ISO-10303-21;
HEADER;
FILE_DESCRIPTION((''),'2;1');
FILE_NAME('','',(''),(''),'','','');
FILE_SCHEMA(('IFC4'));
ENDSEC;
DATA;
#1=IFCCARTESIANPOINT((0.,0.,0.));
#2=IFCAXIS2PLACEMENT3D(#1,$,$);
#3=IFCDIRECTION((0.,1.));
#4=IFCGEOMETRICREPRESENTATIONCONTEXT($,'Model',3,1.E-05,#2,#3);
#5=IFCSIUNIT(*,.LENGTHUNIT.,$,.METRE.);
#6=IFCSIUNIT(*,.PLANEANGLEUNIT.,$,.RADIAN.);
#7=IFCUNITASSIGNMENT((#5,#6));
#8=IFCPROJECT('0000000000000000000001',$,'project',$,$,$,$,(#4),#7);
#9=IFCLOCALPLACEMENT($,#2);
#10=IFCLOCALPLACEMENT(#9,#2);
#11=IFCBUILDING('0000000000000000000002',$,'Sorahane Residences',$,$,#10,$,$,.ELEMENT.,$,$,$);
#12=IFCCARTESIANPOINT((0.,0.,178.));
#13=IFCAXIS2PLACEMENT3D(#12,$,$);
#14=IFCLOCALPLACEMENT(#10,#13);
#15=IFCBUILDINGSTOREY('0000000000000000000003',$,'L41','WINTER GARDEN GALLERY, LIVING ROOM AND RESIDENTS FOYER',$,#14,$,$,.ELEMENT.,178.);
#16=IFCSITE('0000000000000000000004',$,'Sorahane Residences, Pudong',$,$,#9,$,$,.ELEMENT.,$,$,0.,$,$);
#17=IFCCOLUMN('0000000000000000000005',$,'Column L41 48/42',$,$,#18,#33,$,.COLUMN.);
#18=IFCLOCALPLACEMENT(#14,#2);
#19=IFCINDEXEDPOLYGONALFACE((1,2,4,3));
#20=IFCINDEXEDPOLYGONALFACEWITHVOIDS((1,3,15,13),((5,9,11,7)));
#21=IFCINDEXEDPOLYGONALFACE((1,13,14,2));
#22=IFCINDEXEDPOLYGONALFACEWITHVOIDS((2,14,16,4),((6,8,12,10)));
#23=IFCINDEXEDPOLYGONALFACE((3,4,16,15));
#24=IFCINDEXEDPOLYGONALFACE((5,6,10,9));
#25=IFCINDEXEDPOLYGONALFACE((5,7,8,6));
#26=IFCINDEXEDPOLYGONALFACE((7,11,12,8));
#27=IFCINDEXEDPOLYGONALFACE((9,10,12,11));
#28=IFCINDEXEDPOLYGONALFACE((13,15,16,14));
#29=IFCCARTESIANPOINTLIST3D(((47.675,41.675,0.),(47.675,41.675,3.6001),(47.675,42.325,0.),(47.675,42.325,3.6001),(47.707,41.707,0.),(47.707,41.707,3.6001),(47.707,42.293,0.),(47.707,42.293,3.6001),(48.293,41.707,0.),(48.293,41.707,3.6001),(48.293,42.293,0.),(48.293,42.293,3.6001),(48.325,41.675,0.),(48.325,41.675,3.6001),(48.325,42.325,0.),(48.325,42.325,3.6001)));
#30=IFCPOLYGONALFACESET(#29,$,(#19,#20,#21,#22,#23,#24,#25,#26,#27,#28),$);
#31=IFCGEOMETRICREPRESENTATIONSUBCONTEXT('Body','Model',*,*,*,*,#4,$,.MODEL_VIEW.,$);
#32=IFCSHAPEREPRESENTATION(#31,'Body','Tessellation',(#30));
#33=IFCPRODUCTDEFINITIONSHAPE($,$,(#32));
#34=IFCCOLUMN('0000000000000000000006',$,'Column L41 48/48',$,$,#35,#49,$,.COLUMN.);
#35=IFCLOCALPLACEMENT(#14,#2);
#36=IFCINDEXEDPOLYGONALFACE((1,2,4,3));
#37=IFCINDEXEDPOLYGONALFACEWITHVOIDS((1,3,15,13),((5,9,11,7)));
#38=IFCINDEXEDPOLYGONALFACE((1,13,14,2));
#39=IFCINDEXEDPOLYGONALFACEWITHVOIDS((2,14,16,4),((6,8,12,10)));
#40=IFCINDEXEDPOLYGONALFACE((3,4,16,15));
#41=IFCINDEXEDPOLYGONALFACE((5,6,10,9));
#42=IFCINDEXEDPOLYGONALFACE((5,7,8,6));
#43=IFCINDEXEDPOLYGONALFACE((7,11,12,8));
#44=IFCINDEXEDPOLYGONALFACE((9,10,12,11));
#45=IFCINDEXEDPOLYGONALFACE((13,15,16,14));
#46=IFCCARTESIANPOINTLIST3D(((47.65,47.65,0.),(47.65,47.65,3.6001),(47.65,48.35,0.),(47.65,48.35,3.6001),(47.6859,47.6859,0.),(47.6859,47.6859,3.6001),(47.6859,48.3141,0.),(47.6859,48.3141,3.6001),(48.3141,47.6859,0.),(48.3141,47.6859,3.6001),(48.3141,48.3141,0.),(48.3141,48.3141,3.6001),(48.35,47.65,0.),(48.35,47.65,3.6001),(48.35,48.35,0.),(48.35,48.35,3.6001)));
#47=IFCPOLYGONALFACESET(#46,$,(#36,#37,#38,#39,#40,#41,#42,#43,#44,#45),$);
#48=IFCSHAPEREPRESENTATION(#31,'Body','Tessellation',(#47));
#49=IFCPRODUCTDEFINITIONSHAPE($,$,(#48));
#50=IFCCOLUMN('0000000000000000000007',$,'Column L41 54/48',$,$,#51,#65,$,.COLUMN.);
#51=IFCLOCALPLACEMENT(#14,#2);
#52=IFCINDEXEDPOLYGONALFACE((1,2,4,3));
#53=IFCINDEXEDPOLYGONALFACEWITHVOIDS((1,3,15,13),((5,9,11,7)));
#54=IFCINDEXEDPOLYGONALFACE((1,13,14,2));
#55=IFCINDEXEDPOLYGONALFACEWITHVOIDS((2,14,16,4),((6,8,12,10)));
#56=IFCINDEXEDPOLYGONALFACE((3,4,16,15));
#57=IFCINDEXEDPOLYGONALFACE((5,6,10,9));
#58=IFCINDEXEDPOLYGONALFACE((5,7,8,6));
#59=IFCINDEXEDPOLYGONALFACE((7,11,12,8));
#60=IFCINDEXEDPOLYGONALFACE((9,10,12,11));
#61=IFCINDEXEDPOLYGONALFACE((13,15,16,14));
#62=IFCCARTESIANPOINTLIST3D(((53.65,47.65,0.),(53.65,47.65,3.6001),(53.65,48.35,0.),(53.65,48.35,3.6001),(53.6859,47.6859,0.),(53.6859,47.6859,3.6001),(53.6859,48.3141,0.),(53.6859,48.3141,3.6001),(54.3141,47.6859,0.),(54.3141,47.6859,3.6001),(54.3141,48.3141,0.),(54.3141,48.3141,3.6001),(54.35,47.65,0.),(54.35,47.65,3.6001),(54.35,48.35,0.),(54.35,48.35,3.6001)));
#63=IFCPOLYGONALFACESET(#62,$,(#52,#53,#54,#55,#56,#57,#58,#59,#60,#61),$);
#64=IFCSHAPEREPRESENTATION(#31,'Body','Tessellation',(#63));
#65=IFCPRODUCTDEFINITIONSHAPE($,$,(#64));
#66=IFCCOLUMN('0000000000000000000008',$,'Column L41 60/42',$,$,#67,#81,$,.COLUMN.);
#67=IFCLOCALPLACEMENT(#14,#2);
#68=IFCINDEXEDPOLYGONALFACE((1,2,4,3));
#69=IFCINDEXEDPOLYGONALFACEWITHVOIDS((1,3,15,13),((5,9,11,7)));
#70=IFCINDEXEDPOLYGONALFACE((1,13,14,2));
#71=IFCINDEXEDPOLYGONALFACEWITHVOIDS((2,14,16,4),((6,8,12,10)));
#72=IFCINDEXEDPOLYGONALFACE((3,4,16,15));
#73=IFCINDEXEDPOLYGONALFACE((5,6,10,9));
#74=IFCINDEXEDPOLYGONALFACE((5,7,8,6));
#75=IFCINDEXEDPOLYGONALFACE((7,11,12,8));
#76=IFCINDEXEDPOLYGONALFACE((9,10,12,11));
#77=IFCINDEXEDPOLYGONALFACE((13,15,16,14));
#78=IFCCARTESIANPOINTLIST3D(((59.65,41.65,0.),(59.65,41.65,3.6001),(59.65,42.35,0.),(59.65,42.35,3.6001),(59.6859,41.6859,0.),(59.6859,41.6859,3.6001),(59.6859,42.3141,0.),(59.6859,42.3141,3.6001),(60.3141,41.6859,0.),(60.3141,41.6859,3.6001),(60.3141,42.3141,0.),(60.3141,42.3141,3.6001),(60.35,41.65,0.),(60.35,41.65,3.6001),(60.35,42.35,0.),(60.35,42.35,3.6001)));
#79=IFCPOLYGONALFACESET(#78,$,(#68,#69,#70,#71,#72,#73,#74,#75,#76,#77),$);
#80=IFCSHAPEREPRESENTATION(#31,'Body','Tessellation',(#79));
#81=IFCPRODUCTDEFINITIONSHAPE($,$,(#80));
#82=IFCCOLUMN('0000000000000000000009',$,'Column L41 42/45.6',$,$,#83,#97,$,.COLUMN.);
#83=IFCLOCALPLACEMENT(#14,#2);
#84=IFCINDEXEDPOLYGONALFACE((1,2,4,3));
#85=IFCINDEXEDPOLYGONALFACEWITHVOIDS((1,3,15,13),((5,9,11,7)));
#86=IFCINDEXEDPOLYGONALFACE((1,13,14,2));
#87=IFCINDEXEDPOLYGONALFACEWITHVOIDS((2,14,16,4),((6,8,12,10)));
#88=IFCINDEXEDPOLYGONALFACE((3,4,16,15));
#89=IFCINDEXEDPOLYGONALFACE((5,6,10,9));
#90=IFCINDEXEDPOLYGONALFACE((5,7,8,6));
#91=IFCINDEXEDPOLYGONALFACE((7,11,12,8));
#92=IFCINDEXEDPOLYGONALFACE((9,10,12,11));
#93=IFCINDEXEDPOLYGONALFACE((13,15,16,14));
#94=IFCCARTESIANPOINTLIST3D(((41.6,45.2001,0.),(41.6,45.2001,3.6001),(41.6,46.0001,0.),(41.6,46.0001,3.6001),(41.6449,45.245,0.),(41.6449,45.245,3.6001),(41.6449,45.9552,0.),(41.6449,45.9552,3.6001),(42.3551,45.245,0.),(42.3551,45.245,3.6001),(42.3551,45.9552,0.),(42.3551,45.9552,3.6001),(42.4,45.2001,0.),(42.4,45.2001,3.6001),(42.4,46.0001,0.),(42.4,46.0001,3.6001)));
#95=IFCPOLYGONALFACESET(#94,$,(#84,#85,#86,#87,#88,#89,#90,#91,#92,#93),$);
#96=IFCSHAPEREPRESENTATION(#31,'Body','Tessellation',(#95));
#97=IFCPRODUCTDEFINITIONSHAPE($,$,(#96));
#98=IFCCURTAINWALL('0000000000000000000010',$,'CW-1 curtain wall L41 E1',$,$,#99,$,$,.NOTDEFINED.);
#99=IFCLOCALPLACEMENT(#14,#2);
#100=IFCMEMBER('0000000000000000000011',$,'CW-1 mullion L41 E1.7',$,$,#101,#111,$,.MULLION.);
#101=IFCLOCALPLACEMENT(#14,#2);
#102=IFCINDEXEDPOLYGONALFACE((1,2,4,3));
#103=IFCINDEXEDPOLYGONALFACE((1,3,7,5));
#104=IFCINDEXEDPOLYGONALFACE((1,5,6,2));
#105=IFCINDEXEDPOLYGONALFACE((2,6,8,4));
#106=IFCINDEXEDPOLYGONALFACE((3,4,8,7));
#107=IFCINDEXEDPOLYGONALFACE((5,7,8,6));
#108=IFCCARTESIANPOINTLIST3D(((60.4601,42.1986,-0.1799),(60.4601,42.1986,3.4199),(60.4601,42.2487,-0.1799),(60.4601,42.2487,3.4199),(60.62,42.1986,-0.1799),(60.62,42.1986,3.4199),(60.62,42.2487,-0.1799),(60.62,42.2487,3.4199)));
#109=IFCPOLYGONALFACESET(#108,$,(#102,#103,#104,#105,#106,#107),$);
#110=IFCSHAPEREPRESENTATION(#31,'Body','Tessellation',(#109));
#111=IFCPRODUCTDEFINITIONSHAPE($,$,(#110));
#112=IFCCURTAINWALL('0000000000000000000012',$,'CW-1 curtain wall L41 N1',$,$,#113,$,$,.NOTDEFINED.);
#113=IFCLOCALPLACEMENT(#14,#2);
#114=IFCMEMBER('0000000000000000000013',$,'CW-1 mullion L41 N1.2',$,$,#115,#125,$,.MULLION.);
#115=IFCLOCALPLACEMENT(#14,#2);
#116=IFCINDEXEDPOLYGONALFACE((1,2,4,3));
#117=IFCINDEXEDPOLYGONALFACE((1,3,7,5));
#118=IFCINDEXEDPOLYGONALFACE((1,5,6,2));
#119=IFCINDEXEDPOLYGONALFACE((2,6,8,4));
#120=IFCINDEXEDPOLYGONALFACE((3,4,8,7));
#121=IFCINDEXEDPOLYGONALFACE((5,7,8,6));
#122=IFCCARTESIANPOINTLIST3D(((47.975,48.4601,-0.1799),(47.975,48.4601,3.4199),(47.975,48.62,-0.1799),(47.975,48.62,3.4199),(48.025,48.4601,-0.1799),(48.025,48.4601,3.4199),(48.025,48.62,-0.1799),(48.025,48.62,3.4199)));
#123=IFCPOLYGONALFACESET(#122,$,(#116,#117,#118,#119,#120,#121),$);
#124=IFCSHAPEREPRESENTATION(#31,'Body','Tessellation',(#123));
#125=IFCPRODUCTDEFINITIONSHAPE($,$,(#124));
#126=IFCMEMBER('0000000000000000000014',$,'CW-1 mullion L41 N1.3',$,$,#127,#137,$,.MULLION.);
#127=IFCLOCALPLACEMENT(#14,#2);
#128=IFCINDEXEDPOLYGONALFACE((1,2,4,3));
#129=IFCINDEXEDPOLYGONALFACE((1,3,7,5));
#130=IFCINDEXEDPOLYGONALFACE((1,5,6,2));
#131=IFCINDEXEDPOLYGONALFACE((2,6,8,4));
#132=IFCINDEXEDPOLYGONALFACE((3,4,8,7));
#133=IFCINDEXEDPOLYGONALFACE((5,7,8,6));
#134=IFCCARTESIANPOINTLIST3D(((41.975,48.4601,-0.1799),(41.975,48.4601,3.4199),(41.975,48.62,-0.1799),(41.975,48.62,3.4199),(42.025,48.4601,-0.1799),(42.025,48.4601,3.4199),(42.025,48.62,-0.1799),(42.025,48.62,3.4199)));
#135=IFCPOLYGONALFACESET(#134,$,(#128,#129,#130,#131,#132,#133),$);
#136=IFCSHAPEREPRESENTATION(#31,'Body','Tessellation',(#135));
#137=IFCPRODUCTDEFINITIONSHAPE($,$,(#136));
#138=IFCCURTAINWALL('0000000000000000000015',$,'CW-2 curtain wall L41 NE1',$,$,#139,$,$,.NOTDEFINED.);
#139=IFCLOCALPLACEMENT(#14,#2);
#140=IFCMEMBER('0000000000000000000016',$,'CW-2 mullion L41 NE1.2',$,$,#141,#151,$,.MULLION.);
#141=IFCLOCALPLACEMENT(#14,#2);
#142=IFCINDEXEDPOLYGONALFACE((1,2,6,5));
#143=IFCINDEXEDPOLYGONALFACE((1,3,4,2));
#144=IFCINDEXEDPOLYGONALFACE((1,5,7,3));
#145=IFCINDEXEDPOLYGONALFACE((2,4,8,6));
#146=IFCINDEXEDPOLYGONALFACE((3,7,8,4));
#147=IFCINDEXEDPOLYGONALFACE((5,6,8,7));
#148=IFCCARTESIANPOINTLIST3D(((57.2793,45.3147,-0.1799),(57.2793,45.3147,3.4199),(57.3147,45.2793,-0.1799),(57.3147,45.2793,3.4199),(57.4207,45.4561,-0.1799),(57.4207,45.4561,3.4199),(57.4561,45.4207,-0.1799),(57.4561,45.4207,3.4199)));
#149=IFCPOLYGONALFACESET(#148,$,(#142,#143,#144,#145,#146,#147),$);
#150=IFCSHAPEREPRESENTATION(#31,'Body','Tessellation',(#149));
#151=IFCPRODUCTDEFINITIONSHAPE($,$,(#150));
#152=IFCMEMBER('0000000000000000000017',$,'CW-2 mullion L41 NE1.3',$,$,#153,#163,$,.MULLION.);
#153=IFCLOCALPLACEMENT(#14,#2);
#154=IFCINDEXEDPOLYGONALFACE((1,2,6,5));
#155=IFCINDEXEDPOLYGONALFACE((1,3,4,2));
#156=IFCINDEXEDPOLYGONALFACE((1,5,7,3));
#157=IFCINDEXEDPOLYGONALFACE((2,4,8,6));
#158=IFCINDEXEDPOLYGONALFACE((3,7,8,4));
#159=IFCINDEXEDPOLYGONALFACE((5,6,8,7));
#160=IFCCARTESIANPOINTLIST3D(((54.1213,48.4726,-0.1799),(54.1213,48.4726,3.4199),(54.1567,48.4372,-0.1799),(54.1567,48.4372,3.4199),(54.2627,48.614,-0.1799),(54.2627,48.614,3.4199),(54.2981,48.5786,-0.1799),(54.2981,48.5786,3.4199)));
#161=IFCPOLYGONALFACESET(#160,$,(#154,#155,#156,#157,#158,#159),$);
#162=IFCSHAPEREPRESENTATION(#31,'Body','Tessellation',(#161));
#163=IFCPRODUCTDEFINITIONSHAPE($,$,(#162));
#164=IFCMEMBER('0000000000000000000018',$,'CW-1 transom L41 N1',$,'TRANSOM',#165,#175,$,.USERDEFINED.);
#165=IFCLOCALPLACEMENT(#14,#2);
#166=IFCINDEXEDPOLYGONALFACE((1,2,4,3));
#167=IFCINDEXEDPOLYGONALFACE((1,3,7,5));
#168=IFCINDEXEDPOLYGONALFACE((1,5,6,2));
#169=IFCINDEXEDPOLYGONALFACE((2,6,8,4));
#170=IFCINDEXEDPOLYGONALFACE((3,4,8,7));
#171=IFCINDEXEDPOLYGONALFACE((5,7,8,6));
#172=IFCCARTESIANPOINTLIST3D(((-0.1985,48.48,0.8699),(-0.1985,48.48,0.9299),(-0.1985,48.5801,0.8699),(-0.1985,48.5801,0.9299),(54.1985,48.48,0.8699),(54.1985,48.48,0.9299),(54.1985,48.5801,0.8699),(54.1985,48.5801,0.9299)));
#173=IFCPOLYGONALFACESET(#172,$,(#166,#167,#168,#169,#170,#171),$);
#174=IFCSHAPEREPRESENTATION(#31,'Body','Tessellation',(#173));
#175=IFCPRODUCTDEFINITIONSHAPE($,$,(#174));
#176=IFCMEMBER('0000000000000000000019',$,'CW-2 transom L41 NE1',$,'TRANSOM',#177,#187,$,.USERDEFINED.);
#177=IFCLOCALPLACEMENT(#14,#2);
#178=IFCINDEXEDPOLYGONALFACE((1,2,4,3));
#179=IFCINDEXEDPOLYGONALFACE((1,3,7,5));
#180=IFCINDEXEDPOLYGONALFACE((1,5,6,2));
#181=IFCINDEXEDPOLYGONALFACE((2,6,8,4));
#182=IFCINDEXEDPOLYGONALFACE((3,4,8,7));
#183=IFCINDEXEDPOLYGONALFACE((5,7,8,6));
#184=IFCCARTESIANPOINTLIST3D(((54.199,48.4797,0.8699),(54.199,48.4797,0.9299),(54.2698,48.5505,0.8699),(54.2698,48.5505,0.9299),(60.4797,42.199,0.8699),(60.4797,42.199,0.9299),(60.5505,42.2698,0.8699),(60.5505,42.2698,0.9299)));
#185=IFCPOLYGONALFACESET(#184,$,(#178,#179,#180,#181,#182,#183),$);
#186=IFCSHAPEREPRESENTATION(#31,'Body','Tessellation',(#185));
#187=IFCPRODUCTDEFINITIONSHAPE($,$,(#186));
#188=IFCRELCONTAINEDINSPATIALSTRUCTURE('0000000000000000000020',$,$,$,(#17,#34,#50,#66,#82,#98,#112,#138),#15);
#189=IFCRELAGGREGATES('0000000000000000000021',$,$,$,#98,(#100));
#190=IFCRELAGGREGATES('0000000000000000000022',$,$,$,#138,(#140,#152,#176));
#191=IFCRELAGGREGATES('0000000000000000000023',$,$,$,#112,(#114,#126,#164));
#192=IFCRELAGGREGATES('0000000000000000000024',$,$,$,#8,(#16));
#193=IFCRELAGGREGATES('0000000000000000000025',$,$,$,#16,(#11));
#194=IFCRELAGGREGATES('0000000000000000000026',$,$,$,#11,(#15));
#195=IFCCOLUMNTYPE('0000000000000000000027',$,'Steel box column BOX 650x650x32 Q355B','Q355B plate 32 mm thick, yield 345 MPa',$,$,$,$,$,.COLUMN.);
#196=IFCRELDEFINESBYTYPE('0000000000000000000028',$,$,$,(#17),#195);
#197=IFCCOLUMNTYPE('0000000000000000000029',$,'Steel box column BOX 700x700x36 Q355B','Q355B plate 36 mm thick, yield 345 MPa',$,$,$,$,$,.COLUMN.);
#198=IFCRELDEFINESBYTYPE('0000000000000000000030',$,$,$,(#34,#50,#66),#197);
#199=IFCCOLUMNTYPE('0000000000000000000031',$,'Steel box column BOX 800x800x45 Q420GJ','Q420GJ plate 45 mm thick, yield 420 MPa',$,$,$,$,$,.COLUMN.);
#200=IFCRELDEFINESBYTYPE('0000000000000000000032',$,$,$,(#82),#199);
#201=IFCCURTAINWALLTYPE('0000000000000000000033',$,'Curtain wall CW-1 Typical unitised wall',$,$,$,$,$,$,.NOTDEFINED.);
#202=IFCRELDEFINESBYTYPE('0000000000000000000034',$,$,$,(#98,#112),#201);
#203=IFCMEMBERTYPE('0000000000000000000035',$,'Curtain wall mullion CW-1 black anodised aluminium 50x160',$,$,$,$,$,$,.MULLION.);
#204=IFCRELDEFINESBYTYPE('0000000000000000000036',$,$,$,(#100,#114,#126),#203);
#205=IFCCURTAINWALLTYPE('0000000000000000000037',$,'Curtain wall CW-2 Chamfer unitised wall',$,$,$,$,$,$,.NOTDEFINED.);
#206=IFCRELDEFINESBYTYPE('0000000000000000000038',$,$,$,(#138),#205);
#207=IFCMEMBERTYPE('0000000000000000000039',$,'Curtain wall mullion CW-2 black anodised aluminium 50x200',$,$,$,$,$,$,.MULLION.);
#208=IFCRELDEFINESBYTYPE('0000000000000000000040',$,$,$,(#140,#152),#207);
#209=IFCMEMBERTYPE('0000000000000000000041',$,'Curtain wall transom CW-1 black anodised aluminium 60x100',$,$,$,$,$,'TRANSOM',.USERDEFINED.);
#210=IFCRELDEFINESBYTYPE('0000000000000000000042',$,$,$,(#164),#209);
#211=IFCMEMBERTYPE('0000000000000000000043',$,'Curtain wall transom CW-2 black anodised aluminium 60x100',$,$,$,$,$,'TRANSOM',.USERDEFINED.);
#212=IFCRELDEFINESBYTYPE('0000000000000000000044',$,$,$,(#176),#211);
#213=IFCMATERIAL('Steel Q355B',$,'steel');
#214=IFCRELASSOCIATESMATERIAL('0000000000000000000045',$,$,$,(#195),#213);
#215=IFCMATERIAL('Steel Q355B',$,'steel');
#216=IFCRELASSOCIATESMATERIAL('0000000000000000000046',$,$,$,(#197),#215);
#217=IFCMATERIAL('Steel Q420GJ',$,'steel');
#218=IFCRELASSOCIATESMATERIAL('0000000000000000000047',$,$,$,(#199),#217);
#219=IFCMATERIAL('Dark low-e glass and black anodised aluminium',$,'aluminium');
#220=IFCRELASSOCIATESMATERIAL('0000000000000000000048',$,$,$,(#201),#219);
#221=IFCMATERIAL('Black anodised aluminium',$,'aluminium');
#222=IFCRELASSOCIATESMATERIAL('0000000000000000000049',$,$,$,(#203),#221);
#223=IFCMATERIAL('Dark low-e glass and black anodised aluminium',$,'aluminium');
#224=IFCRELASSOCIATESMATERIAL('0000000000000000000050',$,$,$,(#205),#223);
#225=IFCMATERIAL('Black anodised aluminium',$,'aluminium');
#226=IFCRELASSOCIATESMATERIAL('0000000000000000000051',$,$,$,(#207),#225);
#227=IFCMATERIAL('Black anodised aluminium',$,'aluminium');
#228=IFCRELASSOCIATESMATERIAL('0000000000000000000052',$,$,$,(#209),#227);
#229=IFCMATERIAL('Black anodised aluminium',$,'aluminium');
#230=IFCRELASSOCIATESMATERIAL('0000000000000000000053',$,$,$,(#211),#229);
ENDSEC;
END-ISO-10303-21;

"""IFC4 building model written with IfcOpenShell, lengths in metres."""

from ifc_helpers import new_model, si_unit, direction, frame, origin, origin_2d, place, context, subcontext, project, spatial, rectangle, hollow_rectangle, extrude, material, material_profile, profile_set, type_object, element, aggregate, save


model = new_model("IFC4")

# Units and contexts
model_context = context("Model", 3, precision=1e-05, world=origin(), true_north=direction((0.0, 1.0)))
body_context = subcontext(model_context, "Body", "Model", "MODEL_VIEW")
ifc_project = project(units=[si_unit("LENGTHUNIT", "METRE"), si_unit("PLANEANGLEUNIT", "RADIAN")], contexts=[model_context])

# Site, building, storey
site_placement = place(None, origin())
site = spatial("IfcSite", under=ifc_project, at=site_placement, Name="Sorahane Residences, Pudong", CompositionType="ELEMENT", RefElevation=0.0)
building_placement = place(site_placement, origin())
building = spatial("IfcBuilding", under=site, at=building_placement, Name="Sorahane Residences", CompositionType="ELEMENT")
storey_placement = place(building_placement, frame((0.0, 0.0, 178.0)))
storey = spatial("IfcBuildingStorey", under=building, at=storey_placement, Name="L41", Description="WINTER GARDEN GALLERY, LIVING ROOM AND RESIDENTS FOYER", CompositionType="ELEMENT", Elevation=178.0)

# Columns
ifc_material_1 = material(Name="Steel Q355B", Category="steel")
ifc_material_profile_1 = material_profile(ifc_material_1, hollow_rectangle(XDim=0.6499, YDim=0.6499, WallThickness=0.032, at=origin_2d()), Name="BOX 650x650x32")
ifc_profile_set_1 = profile_set([ifc_material_profile_1], Name="Steel Q355B")
column_type_1 = type_object("IfcColumnType", Name="Steel box column BOX 650x650x32 Q355B", Description="Q355B plate 32 mm thick, yield 345 MPa", PredefinedType="COLUMN", material=ifc_profile_set_1)
column_1_placement = place(storey_placement, frame((48.0, 42.0, 0.0), z_axis=(0.0, 0.0, 1.0), x_axis=(1.0, 0.0, 0.0)))
element("IfcColumn", 1, at=column_1_placement, inside=storey, type_object=column_type_1, Name="Column L41 48/42", PredefinedType="COLUMN", context=body_context, shape_type="SweptSolid", body=[
    extrude(hollow_rectangle(XDim=0.6499, YDim=0.6499, WallThickness=0.032, at=origin_2d()), origin(), (0.0, 0.0, 1.0), 3.6001),
])
ifc_material_2 = material(Name="Steel Q355B", Category="steel")
ifc_material_profile_2 = material_profile(ifc_material_2, hollow_rectangle(XDim=0.7, YDim=0.7, WallThickness=0.0359, at=origin_2d()), Name="BOX 700x700x36")
ifc_profile_set_2 = profile_set([ifc_material_profile_2], Name="Steel Q355B")
column_type_2 = type_object("IfcColumnType", Name="Steel box column BOX 700x700x36 Q355B", Description="Q355B plate 36 mm thick, yield 345 MPa", PredefinedType="COLUMN", material=ifc_profile_set_2)
for number, where, z_axis, x_axis, name in (
    (2, (48.0, 48.0, 0.0), (0.0, 0.0, 1.0), (1.0, 0.0, 0.0), "Column L41 48/48"),
    (3, (54.0, 48.0, 0.0), (0.0, 0.0, 1.0), (1.0, 0.0, 0.0), "Column L41 54/48"),
    (4, (60.0, 42.0, 0.0), (0.0, 0.0, 1.0), (1.0, 0.0, 0.0), "Column L41 60/42"),
):
    element("IfcColumn", number, at=place(storey_placement, frame(where, z_axis=z_axis, x_axis=x_axis)), inside=storey, type_object=column_type_2, Name=name, PredefinedType="COLUMN", context=body_context, shape_type="SweptSolid", body=[
        extrude(hollow_rectangle(XDim=0.7, YDim=0.7, WallThickness=0.0359, at=origin_2d()), origin(), (0.0, 0.0, 1.0), 3.6001),
    ])
ifc_material_3 = material(Name="Steel Q420GJ", Category="steel")
ifc_material_profile_3 = material_profile(ifc_material_3, hollow_rectangle(XDim=0.8, YDim=0.8, WallThickness=0.0449, at=origin_2d()), Name="BOX 800x800x45")
ifc_profile_set_3 = profile_set([ifc_material_profile_3], Name="Steel Q420GJ")
column_type_3 = type_object("IfcColumnType", Name="Steel box column BOX 800x800x45 Q420GJ", Description="Q420GJ plate 45 mm thick, yield 420 MPa", PredefinedType="COLUMN", material=ifc_profile_set_3)
column_2_placement = place(storey_placement, frame((42.0, 45.6001, 0.0), z_axis=(0.0, 0.0, 1.0), x_axis=(1.0, 0.0, 0.0)))
element("IfcColumn", 5, at=column_2_placement, inside=storey, type_object=column_type_3, Name="Column L41 42/45.6", PredefinedType="COLUMN", context=body_context, shape_type="SweptSolid", body=[
    extrude(hollow_rectangle(XDim=0.8, YDim=0.8, WallThickness=0.0449, at=origin_2d()), origin(), (0.0, 0.0, 1.0), 3.6001),
])

# Curtain wall, member
ifc_material_4 = material(Name="Dark low-e glass and black anodised aluminium", Category="aluminium")
curtain_wall_type_1 = type_object("IfcCurtainWallType", Name="Curtain wall CW-1 Typical unitised wall", PredefinedType="NOTDEFINED", material=ifc_material_4)
curtain_wall_1_placement = place(storey_placement, origin())
curtain_wall_1 = element("IfcCurtainWall", 6, at=curtain_wall_1_placement, inside=storey, type_object=curtain_wall_type_1, Name="CW-1 curtain wall L41 E1", PredefinedType="NOTDEFINED")
ifc_material_5 = material(Name="Black anodised aluminium", Category="aluminium")
ifc_material_profile_4 = material_profile(ifc_material_5, rectangle(XDim=0.1599, YDim=0.05, at=origin_2d()), Name="Curtain wall mullion CW-1 black anodised aluminium 50x160")
ifc_profile_set_4 = profile_set([ifc_material_profile_4], Name="Black anodised aluminium")
member_type_1 = type_object("IfcMemberType", Name="Curtain wall mullion CW-1 black anodised aluminium 50x160", PredefinedType="MULLION", material=ifc_profile_set_4)
member_1_placement = place(storey_placement, frame((60.54, 42.2236, -0.1799), z_axis=(0.0, 0.0, 1.0), x_axis=(1.0, 0.0, 0.0)))
member_1 = element("IfcMember", 7, at=member_1_placement, type_object=member_type_1, Name="CW-1 mullion L41 E1.7", PredefinedType="MULLION", context=body_context, shape_type="SweptSolid", body=[
    extrude(rectangle(XDim=0.1599, YDim=0.05, at=origin_2d()), origin(), (0.0, 0.0, 1.0), 3.5999),
])

# Curtain walls, members
curtain_wall_2_placement = place(storey_placement, origin())
curtain_wall_2 = element("IfcCurtainWall", 8, at=curtain_wall_2_placement, inside=storey, type_object=curtain_wall_type_1, Name="CW-1 curtain wall L41 N1", PredefinedType="NOTDEFINED")
member_2_placement = place(storey_placement, frame((48.0, 48.54, -0.1799), z_axis=(0.0, 0.0, 1.0), x_axis=(0.0, 1.0, 0.0)))
member_2 = element("IfcMember", 9, at=member_2_placement, type_object=member_type_1, Name="CW-1 mullion L41 N1.2", PredefinedType="MULLION", context=body_context, shape_type="SweptSolid", body=[
    extrude(rectangle(XDim=0.1599, YDim=0.05, at=origin_2d()), origin(), (0.0, 0.0, 1.0), 3.5999),
])
member_3_placement = place(storey_placement, frame((42.0, 48.54, -0.1799), z_axis=(0.0, 0.0, 1.0), x_axis=(0.0, 1.0, 0.0)))
member_3 = element("IfcMember", 10, at=member_3_placement, type_object=member_type_1, Name="CW-1 mullion L41 N1.3", PredefinedType="MULLION", context=body_context, shape_type="SweptSolid", body=[
    extrude(rectangle(XDim=0.1599, YDim=0.05, at=origin_2d()), origin(), (0.0, 0.0, 1.0), 3.5999),
])
ifc_material_6 = material(Name="Dark low-e glass and black anodised aluminium", Category="aluminium")
curtain_wall_type_2 = type_object("IfcCurtainWallType", Name="Curtain wall CW-2 Chamfer unitised wall", PredefinedType="NOTDEFINED", material=ifc_material_6)
curtain_wall_3_placement = place(storey_placement, origin())
curtain_wall_3 = element("IfcCurtainWall", 11, at=curtain_wall_3_placement, inside=storey, type_object=curtain_wall_type_2, Name="CW-2 curtain wall L41 NE1", PredefinedType="NOTDEFINED")
ifc_material_7 = material(Name="Black anodised aluminium", Category="aluminium")
ifc_material_profile_5 = material_profile(ifc_material_7, rectangle(XDim=0.2, YDim=0.05, at=origin_2d()), Name="Curtain wall mullion CW-2 black anodised aluminium 50x200")
ifc_profile_set_5 = profile_set([ifc_material_profile_5], Name="Black anodised aluminium")
member_type_2 = type_object("IfcMemberType", Name="Curtain wall mullion CW-2 black anodised aluminium 50x200", PredefinedType="MULLION", material=ifc_profile_set_5)
member_4_placement = place(storey_placement, frame((57.3677, 45.3677, -0.1799), z_axis=(0.0, 0.0, 1.0), x_axis=(0.707107, 0.707107, 0.0)))
member_4 = element("IfcMember", 12, at=member_4_placement, type_object=member_type_2, Name="CW-2 mullion L41 NE1.2", PredefinedType="MULLION", context=body_context, shape_type="SweptSolid", body=[
    extrude(rectangle(XDim=0.2, YDim=0.05, at=origin_2d()), origin(), (0.0, 0.0, 1.0), 3.5999),
])
member_5_placement = place(storey_placement, frame((54.2097, 48.5256, -0.1799), z_axis=(0.0, 0.0, 1.0), x_axis=(0.707107, 0.707107, 0.0)))
member_5 = element("IfcMember", 13, at=member_5_placement, type_object=member_type_2, Name="CW-2 mullion L41 NE1.3", PredefinedType="MULLION", context=body_context, shape_type="SweptSolid", body=[
    extrude(rectangle(XDim=0.2, YDim=0.05, at=origin_2d()), origin(), (0.0, 0.0, 1.0), 3.5999),
])

# Members
ifc_material_8 = material(Name="Black anodised aluminium", Category="aluminium")
ifc_material_profile_6 = material_profile(ifc_material_8, rectangle(XDim=0.1001, YDim=0.0601, at=origin_2d()), Name="Curtain wall transom CW-1 black anodised aluminium 60x100")
ifc_profile_set_6 = profile_set([ifc_material_profile_6], Name="Black anodised aluminium")
member_type_3 = type_object("IfcMemberType", Name="Curtain wall transom CW-1 black anodised aluminium 60x100", ElementType="TRANSOM", PredefinedType="USERDEFINED", material=ifc_profile_set_6)
member_6_placement = place(storey_placement, frame((54.1985, 48.53, 0.8999), z_axis=(-1.0, 0.0, 0.0), x_axis=(0.0, -1.0, 0.0)))
member_6 = element("IfcMember", 14, at=member_6_placement, type_object=member_type_3, Name="CW-1 transom L41 N1", ObjectType="TRANSOM", PredefinedType="USERDEFINED", context=body_context, shape_type="SweptSolid", body=[
    extrude(rectangle(XDim=0.1001, YDim=0.0601, at=origin_2d()), origin(), (0.0, 0.0, 1.0), 54.397),
])
ifc_material_9 = material(Name="Black anodised aluminium", Category="aluminium")
ifc_material_profile_7 = material_profile(ifc_material_9, rectangle(XDim=0.1001, YDim=0.0601, at=origin_2d()), Name="Curtain wall transom CW-2 black anodised aluminium 60x100")
ifc_profile_set_7 = profile_set([ifc_material_profile_7], Name="Black anodised aluminium")
member_type_4 = type_object("IfcMemberType", Name="Curtain wall transom CW-2 black anodised aluminium 60x100", ElementType="TRANSOM", PredefinedType="USERDEFINED", material=ifc_profile_set_7)
member_7_placement = place(storey_placement, frame((60.5151, 42.2344, 0.8999), z_axis=(-0.707107, 0.707107, 0.0), x_axis=(-0.707107, -0.707107, 0.0)))
member_7 = element("IfcMember", 15, at=member_7_placement, type_object=member_type_4, Name="CW-2 transom L41 NE1", ObjectType="TRANSOM", PredefinedType="USERDEFINED", context=body_context, shape_type="SweptSolid", body=[
    extrude(rectangle(XDim=0.1001, YDim=0.0601, at=origin_2d()), origin(), (0.0, 0.0, 1.0), 8.8823),
])

aggregate(curtain_wall_1, [member_1])
aggregate(curtain_wall_3, [member_4, member_5, member_7])
aggregate(curtain_wall_2, [member_2, member_3, member_6])

save(model, "model.ifc")
